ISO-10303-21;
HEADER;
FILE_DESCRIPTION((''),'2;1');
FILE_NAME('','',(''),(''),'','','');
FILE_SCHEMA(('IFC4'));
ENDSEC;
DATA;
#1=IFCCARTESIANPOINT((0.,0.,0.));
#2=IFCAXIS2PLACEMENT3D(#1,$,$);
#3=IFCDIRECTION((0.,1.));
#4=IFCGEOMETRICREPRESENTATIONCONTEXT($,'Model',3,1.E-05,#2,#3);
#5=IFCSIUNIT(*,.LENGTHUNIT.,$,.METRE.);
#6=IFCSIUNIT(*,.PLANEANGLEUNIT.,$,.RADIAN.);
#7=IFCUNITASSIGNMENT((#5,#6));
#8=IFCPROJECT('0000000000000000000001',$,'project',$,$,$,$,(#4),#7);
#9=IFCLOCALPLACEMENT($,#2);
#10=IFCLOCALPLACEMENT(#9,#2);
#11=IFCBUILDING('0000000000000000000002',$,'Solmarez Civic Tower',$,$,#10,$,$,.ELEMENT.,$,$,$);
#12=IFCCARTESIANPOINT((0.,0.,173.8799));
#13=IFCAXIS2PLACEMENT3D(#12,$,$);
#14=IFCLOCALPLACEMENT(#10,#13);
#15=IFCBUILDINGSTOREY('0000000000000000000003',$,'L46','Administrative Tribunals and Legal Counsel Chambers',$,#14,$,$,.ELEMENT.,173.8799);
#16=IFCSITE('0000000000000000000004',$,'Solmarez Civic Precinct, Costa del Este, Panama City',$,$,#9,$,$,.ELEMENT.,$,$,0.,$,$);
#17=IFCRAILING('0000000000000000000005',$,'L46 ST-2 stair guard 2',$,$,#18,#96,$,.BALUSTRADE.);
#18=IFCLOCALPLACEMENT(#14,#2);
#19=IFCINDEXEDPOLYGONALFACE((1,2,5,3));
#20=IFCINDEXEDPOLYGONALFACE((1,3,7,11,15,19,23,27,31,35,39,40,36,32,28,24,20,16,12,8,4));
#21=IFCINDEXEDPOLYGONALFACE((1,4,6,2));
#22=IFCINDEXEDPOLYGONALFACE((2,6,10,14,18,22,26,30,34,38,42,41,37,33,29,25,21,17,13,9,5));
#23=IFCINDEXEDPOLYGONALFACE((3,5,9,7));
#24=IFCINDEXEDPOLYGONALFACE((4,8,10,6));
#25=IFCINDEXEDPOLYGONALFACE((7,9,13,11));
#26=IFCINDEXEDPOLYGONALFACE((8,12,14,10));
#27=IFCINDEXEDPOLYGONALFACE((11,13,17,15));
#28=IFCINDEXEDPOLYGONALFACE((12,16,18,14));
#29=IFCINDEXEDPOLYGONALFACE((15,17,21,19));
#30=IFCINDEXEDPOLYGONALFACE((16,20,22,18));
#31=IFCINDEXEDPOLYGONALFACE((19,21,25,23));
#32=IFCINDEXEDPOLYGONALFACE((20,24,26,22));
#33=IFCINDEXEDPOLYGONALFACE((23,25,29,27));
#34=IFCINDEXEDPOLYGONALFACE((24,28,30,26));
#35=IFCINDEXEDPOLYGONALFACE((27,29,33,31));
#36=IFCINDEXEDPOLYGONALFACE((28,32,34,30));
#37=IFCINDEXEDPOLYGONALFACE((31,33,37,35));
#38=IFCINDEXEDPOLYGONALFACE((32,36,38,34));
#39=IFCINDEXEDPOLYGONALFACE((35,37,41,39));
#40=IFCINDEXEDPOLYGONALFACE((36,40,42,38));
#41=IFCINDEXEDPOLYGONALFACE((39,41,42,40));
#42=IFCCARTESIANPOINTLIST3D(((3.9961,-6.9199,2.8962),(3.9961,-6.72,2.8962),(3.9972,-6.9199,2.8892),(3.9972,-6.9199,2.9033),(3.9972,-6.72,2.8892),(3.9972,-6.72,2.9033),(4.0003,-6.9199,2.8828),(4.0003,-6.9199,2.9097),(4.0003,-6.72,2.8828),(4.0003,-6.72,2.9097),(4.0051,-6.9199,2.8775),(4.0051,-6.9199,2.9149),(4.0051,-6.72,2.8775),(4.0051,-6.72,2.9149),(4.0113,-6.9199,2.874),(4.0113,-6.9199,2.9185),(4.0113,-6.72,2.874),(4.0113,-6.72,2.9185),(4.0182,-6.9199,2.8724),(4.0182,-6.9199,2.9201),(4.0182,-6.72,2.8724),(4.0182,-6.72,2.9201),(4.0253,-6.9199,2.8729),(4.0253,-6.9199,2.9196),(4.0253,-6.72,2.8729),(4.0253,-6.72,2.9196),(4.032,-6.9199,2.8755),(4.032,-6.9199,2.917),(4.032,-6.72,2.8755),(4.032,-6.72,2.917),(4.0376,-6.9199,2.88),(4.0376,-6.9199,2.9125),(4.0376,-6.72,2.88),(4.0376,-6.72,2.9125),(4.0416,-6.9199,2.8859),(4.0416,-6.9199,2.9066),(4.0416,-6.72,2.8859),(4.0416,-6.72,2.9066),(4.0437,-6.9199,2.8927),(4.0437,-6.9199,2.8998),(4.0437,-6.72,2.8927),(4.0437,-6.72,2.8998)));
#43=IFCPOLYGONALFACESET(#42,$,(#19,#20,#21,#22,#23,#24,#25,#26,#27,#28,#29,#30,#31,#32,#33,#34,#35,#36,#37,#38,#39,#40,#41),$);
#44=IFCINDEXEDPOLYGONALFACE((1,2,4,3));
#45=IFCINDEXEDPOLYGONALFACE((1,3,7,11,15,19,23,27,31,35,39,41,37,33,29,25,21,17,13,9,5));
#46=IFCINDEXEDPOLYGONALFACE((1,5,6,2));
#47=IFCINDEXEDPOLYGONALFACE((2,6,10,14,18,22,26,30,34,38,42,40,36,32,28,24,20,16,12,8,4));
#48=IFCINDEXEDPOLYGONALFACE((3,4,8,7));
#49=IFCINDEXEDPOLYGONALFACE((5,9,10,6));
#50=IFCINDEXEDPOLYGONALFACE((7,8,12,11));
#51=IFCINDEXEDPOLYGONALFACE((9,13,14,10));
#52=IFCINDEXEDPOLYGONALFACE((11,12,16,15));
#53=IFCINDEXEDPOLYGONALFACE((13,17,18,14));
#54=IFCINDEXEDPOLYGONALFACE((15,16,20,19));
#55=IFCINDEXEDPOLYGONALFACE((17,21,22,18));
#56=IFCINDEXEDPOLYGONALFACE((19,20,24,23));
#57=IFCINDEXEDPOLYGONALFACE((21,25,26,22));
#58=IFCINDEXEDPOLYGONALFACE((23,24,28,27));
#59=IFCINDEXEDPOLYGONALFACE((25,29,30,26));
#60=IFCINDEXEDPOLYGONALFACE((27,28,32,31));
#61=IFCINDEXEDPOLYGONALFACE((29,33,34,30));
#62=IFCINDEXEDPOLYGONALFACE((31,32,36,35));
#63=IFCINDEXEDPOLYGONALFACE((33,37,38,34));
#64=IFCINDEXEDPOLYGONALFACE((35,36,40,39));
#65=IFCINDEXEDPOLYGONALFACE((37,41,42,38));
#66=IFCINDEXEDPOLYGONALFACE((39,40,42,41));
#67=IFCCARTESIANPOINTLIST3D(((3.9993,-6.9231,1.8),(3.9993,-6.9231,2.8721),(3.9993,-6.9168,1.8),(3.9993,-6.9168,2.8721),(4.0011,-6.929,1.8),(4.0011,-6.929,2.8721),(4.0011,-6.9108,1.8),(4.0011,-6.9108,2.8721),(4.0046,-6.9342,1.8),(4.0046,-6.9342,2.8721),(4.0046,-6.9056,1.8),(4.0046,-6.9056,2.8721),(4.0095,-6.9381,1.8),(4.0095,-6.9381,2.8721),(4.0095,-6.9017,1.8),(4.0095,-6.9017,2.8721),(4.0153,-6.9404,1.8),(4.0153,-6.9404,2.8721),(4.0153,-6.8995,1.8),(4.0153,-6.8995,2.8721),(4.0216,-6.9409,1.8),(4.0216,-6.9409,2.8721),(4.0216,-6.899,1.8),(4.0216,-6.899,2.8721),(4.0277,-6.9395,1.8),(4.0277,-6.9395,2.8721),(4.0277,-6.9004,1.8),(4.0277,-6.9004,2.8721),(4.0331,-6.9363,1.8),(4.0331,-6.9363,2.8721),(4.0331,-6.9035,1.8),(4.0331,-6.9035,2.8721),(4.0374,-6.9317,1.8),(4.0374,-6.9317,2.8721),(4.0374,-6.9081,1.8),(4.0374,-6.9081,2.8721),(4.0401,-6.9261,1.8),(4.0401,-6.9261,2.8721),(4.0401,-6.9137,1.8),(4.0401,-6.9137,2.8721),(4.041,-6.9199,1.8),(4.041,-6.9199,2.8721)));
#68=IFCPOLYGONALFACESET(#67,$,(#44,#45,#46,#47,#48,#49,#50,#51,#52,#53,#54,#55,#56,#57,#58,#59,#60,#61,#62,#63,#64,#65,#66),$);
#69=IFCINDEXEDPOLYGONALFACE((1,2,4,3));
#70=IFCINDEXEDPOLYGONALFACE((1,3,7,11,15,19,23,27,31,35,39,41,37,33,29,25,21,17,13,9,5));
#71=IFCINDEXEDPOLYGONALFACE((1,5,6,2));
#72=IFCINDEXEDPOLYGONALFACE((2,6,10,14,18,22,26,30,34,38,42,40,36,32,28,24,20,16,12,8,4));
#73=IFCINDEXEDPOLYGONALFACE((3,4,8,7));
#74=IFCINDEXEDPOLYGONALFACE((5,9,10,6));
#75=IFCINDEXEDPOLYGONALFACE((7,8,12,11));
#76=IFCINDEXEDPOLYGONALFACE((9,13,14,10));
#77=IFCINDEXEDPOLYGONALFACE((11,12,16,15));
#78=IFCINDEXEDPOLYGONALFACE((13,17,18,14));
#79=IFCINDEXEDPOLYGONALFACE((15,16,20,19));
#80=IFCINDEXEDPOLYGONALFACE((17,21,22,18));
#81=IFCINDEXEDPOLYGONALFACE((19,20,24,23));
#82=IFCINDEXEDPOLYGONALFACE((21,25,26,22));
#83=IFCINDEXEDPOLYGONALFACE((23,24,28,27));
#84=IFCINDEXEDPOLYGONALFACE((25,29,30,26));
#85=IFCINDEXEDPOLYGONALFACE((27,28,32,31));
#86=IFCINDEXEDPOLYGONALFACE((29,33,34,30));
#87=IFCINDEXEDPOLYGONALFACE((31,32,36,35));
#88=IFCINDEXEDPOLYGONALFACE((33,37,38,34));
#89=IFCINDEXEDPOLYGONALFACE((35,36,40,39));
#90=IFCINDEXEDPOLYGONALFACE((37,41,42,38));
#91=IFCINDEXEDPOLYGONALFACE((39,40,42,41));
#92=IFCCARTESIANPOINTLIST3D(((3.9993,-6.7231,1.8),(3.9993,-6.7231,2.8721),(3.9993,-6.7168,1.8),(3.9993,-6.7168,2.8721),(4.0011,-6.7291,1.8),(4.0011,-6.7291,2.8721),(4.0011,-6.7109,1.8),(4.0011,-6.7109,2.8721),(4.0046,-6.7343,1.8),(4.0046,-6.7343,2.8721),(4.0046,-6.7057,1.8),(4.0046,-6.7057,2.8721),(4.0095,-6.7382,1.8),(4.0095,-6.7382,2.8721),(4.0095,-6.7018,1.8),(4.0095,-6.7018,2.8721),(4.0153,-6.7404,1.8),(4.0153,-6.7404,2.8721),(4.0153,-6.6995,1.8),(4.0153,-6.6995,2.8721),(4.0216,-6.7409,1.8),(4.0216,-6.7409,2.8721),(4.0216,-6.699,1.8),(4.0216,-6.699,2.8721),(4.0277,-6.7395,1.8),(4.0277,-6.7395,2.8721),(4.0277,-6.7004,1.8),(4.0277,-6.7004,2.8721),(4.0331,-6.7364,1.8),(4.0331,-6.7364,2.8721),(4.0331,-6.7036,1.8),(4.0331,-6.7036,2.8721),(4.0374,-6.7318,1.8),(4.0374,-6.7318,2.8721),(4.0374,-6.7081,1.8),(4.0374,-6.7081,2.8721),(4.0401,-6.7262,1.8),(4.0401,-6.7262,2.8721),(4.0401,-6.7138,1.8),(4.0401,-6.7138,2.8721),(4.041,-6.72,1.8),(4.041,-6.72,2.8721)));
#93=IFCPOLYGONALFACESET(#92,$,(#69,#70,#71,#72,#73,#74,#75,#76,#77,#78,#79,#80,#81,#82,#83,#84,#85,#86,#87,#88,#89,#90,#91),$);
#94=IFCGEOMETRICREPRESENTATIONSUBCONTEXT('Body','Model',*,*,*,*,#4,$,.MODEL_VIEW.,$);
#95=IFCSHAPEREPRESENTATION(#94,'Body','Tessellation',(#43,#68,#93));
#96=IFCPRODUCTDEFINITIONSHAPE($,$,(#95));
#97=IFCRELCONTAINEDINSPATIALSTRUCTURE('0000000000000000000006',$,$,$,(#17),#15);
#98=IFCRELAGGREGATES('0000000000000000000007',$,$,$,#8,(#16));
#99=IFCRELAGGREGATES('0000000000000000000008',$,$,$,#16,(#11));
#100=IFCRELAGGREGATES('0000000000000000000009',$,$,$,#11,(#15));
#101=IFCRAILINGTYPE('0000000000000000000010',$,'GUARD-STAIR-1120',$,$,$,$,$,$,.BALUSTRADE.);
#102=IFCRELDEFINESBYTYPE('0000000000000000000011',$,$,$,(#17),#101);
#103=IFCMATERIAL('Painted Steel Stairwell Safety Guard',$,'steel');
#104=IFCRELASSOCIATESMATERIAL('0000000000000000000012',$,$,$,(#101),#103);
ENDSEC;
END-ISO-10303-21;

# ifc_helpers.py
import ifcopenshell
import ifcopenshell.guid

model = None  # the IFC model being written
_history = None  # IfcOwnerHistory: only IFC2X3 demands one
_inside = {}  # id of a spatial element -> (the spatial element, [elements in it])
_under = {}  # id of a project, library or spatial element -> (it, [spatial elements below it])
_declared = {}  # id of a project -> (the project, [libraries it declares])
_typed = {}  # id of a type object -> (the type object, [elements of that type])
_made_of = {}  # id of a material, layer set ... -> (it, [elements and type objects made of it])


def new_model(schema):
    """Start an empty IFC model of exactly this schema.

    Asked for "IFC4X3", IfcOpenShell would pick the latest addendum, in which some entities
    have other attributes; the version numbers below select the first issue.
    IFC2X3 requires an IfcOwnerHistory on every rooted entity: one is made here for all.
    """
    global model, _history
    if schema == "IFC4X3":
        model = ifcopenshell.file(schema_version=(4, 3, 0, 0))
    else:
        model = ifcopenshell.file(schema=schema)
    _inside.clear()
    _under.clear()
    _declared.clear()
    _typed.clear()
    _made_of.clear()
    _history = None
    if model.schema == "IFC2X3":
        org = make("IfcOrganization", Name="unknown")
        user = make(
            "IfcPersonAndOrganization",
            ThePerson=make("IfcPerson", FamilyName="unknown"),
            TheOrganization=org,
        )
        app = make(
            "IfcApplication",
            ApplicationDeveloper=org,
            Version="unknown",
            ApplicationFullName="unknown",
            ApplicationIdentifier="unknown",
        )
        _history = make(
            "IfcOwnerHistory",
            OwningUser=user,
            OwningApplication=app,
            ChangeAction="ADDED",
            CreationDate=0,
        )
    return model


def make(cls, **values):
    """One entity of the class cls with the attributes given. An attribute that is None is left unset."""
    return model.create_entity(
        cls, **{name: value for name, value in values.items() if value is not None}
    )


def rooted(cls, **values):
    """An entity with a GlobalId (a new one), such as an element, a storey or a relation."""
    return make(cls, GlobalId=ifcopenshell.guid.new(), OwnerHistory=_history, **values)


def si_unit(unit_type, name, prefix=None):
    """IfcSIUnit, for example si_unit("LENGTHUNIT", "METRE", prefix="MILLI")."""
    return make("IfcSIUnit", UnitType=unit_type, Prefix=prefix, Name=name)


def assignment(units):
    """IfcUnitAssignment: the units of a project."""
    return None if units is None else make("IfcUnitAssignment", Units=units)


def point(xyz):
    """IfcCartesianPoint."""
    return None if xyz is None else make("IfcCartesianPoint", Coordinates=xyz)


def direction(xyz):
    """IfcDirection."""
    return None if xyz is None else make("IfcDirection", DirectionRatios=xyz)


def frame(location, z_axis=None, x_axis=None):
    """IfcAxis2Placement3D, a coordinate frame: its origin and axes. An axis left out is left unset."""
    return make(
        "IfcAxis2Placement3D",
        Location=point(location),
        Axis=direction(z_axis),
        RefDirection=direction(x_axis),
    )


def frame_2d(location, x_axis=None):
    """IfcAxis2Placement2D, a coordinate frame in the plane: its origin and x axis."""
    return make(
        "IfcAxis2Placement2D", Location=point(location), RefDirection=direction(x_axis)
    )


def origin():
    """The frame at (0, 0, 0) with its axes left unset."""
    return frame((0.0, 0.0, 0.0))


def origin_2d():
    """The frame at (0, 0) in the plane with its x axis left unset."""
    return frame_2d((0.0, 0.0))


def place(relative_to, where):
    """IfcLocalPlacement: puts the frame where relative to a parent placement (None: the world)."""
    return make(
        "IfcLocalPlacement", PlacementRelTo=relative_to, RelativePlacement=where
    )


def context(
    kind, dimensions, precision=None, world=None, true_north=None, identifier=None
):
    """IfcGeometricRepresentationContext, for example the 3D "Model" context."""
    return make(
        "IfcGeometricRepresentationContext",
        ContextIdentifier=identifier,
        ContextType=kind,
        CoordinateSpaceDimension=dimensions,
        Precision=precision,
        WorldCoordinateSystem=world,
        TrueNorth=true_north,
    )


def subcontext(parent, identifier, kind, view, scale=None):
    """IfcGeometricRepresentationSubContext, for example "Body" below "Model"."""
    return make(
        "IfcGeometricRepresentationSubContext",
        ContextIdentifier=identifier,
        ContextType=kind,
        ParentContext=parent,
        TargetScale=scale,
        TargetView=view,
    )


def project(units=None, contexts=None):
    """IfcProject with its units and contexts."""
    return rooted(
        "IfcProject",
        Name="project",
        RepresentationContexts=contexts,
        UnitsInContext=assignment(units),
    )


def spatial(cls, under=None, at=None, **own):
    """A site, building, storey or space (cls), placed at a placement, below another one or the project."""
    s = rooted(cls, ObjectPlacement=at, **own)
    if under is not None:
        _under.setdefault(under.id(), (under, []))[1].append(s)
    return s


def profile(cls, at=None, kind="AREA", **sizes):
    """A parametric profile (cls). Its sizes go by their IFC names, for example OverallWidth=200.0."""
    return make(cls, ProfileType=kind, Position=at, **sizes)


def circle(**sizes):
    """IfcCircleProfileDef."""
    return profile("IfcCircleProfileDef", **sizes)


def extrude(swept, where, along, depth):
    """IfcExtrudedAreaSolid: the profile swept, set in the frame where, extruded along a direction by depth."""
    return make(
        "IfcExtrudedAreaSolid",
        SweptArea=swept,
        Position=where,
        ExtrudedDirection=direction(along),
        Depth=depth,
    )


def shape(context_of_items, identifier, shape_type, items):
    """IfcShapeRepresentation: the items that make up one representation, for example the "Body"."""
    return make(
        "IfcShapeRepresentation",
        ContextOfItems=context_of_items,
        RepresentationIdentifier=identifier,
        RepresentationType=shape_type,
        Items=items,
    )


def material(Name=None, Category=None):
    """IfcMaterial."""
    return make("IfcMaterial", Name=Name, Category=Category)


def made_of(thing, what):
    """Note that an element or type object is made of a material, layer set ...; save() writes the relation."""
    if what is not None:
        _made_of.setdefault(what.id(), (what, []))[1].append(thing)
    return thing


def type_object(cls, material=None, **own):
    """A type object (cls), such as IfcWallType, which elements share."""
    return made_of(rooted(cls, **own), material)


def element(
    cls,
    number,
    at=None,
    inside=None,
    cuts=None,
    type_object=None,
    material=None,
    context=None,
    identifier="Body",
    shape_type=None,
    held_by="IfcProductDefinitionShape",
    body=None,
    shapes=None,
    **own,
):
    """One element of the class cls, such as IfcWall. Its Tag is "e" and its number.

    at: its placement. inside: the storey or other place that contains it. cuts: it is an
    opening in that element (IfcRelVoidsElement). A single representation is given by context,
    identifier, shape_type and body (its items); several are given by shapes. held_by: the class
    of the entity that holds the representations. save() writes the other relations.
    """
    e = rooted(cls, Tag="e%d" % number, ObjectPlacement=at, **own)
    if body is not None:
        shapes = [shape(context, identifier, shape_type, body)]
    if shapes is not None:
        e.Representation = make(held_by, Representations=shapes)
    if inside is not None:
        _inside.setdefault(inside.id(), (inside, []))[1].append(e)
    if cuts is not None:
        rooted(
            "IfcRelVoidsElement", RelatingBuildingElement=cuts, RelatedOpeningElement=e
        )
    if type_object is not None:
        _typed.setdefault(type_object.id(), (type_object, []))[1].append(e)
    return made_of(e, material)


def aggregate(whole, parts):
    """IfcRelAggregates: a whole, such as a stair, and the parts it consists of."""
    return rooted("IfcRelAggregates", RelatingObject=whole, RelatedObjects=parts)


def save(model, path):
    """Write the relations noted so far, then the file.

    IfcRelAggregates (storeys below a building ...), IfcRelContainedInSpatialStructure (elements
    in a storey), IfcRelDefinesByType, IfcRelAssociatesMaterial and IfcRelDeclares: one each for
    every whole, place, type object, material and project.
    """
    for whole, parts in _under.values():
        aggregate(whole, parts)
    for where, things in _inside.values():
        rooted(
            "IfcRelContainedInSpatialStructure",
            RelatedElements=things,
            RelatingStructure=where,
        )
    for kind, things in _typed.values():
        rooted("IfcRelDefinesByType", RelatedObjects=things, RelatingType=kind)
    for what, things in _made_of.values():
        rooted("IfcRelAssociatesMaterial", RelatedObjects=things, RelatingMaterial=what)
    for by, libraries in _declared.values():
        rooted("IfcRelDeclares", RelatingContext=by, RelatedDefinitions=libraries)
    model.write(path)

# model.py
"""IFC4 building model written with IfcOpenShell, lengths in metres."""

from ifc_helpers import new_model, si_unit, direction, frame, origin, origin_2d, place, context, subcontext, project, spatial, circle, extrude, material, type_object, element, save


model = new_model("IFC4")

# Units and contexts
model_context = context("Model", 3, precision=1e-05, world=origin(), true_north=direction((0.0, 1.0)))
body_context = subcontext(model_context, "Body", "Model", "MODEL_VIEW")
ifc_project = project(units=[si_unit("LENGTHUNIT", "METRE"), si_unit("PLANEANGLEUNIT", "RADIAN")], contexts=[model_context])

# Site, building, storey
site_placement = place(None, origin())
site = spatial("IfcSite", under=ifc_project, at=site_placement, Name="Solmarez Civic Precinct, Costa del Este, Panama City", CompositionType="ELEMENT", RefElevation=0.0)
building_placement = place(site_placement, origin())
building = spatial("IfcBuilding", under=site, at=building_placement, Name="Solmarez Civic Tower", CompositionType="ELEMENT")
storey_placement = place(building_placement, frame((0.0, 0.0, 173.8799)))
storey = spatial("IfcBuildingStorey", under=building, at=storey_placement, Name="L46", Description="Administrative Tribunals and Legal Counsel Chambers", CompositionType="ELEMENT", Elevation=173.8799)

# Railing
ifc_material_1 = material(Name="Painted Steel Stairwell Safety Guard", Category="steel")
railing_type_1 = type_object("IfcRailingType", Name="GUARD-STAIR-1120", PredefinedType="BALUSTRADE", material=ifc_material_1)
railing_1_placement = place(storey_placement, frame((4.02, -6.9199, 1.8)))
element("IfcRailing", 1, at=railing_1_placement, inside=storey, type_object=railing_type_1, Name="L46 ST-2 stair guard 2", PredefinedType="BALUSTRADE", context=body_context, shape_type="SweptSolid", body=[
    extrude(circle(Radius=0.0239, at=origin_2d()), frame((0.0, 0.0, 1.0962), z_axis=(0.0, 1.0, 0.0), x_axis=(-1.0, 0.0, 0.0)), (0.0, 0.0, 1.0), 0.2),
    extrude(circle(Radius=0.021, at=origin_2d()), origin(), (0.0, 0.0, 1.0), 1.072),
    extrude(circle(Radius=0.021, at=origin_2d()), frame((0.0, 0.2, 0.0)), (0.0, 0.0, 1.0), 1.072),
])

save(model, "model.ifc")
